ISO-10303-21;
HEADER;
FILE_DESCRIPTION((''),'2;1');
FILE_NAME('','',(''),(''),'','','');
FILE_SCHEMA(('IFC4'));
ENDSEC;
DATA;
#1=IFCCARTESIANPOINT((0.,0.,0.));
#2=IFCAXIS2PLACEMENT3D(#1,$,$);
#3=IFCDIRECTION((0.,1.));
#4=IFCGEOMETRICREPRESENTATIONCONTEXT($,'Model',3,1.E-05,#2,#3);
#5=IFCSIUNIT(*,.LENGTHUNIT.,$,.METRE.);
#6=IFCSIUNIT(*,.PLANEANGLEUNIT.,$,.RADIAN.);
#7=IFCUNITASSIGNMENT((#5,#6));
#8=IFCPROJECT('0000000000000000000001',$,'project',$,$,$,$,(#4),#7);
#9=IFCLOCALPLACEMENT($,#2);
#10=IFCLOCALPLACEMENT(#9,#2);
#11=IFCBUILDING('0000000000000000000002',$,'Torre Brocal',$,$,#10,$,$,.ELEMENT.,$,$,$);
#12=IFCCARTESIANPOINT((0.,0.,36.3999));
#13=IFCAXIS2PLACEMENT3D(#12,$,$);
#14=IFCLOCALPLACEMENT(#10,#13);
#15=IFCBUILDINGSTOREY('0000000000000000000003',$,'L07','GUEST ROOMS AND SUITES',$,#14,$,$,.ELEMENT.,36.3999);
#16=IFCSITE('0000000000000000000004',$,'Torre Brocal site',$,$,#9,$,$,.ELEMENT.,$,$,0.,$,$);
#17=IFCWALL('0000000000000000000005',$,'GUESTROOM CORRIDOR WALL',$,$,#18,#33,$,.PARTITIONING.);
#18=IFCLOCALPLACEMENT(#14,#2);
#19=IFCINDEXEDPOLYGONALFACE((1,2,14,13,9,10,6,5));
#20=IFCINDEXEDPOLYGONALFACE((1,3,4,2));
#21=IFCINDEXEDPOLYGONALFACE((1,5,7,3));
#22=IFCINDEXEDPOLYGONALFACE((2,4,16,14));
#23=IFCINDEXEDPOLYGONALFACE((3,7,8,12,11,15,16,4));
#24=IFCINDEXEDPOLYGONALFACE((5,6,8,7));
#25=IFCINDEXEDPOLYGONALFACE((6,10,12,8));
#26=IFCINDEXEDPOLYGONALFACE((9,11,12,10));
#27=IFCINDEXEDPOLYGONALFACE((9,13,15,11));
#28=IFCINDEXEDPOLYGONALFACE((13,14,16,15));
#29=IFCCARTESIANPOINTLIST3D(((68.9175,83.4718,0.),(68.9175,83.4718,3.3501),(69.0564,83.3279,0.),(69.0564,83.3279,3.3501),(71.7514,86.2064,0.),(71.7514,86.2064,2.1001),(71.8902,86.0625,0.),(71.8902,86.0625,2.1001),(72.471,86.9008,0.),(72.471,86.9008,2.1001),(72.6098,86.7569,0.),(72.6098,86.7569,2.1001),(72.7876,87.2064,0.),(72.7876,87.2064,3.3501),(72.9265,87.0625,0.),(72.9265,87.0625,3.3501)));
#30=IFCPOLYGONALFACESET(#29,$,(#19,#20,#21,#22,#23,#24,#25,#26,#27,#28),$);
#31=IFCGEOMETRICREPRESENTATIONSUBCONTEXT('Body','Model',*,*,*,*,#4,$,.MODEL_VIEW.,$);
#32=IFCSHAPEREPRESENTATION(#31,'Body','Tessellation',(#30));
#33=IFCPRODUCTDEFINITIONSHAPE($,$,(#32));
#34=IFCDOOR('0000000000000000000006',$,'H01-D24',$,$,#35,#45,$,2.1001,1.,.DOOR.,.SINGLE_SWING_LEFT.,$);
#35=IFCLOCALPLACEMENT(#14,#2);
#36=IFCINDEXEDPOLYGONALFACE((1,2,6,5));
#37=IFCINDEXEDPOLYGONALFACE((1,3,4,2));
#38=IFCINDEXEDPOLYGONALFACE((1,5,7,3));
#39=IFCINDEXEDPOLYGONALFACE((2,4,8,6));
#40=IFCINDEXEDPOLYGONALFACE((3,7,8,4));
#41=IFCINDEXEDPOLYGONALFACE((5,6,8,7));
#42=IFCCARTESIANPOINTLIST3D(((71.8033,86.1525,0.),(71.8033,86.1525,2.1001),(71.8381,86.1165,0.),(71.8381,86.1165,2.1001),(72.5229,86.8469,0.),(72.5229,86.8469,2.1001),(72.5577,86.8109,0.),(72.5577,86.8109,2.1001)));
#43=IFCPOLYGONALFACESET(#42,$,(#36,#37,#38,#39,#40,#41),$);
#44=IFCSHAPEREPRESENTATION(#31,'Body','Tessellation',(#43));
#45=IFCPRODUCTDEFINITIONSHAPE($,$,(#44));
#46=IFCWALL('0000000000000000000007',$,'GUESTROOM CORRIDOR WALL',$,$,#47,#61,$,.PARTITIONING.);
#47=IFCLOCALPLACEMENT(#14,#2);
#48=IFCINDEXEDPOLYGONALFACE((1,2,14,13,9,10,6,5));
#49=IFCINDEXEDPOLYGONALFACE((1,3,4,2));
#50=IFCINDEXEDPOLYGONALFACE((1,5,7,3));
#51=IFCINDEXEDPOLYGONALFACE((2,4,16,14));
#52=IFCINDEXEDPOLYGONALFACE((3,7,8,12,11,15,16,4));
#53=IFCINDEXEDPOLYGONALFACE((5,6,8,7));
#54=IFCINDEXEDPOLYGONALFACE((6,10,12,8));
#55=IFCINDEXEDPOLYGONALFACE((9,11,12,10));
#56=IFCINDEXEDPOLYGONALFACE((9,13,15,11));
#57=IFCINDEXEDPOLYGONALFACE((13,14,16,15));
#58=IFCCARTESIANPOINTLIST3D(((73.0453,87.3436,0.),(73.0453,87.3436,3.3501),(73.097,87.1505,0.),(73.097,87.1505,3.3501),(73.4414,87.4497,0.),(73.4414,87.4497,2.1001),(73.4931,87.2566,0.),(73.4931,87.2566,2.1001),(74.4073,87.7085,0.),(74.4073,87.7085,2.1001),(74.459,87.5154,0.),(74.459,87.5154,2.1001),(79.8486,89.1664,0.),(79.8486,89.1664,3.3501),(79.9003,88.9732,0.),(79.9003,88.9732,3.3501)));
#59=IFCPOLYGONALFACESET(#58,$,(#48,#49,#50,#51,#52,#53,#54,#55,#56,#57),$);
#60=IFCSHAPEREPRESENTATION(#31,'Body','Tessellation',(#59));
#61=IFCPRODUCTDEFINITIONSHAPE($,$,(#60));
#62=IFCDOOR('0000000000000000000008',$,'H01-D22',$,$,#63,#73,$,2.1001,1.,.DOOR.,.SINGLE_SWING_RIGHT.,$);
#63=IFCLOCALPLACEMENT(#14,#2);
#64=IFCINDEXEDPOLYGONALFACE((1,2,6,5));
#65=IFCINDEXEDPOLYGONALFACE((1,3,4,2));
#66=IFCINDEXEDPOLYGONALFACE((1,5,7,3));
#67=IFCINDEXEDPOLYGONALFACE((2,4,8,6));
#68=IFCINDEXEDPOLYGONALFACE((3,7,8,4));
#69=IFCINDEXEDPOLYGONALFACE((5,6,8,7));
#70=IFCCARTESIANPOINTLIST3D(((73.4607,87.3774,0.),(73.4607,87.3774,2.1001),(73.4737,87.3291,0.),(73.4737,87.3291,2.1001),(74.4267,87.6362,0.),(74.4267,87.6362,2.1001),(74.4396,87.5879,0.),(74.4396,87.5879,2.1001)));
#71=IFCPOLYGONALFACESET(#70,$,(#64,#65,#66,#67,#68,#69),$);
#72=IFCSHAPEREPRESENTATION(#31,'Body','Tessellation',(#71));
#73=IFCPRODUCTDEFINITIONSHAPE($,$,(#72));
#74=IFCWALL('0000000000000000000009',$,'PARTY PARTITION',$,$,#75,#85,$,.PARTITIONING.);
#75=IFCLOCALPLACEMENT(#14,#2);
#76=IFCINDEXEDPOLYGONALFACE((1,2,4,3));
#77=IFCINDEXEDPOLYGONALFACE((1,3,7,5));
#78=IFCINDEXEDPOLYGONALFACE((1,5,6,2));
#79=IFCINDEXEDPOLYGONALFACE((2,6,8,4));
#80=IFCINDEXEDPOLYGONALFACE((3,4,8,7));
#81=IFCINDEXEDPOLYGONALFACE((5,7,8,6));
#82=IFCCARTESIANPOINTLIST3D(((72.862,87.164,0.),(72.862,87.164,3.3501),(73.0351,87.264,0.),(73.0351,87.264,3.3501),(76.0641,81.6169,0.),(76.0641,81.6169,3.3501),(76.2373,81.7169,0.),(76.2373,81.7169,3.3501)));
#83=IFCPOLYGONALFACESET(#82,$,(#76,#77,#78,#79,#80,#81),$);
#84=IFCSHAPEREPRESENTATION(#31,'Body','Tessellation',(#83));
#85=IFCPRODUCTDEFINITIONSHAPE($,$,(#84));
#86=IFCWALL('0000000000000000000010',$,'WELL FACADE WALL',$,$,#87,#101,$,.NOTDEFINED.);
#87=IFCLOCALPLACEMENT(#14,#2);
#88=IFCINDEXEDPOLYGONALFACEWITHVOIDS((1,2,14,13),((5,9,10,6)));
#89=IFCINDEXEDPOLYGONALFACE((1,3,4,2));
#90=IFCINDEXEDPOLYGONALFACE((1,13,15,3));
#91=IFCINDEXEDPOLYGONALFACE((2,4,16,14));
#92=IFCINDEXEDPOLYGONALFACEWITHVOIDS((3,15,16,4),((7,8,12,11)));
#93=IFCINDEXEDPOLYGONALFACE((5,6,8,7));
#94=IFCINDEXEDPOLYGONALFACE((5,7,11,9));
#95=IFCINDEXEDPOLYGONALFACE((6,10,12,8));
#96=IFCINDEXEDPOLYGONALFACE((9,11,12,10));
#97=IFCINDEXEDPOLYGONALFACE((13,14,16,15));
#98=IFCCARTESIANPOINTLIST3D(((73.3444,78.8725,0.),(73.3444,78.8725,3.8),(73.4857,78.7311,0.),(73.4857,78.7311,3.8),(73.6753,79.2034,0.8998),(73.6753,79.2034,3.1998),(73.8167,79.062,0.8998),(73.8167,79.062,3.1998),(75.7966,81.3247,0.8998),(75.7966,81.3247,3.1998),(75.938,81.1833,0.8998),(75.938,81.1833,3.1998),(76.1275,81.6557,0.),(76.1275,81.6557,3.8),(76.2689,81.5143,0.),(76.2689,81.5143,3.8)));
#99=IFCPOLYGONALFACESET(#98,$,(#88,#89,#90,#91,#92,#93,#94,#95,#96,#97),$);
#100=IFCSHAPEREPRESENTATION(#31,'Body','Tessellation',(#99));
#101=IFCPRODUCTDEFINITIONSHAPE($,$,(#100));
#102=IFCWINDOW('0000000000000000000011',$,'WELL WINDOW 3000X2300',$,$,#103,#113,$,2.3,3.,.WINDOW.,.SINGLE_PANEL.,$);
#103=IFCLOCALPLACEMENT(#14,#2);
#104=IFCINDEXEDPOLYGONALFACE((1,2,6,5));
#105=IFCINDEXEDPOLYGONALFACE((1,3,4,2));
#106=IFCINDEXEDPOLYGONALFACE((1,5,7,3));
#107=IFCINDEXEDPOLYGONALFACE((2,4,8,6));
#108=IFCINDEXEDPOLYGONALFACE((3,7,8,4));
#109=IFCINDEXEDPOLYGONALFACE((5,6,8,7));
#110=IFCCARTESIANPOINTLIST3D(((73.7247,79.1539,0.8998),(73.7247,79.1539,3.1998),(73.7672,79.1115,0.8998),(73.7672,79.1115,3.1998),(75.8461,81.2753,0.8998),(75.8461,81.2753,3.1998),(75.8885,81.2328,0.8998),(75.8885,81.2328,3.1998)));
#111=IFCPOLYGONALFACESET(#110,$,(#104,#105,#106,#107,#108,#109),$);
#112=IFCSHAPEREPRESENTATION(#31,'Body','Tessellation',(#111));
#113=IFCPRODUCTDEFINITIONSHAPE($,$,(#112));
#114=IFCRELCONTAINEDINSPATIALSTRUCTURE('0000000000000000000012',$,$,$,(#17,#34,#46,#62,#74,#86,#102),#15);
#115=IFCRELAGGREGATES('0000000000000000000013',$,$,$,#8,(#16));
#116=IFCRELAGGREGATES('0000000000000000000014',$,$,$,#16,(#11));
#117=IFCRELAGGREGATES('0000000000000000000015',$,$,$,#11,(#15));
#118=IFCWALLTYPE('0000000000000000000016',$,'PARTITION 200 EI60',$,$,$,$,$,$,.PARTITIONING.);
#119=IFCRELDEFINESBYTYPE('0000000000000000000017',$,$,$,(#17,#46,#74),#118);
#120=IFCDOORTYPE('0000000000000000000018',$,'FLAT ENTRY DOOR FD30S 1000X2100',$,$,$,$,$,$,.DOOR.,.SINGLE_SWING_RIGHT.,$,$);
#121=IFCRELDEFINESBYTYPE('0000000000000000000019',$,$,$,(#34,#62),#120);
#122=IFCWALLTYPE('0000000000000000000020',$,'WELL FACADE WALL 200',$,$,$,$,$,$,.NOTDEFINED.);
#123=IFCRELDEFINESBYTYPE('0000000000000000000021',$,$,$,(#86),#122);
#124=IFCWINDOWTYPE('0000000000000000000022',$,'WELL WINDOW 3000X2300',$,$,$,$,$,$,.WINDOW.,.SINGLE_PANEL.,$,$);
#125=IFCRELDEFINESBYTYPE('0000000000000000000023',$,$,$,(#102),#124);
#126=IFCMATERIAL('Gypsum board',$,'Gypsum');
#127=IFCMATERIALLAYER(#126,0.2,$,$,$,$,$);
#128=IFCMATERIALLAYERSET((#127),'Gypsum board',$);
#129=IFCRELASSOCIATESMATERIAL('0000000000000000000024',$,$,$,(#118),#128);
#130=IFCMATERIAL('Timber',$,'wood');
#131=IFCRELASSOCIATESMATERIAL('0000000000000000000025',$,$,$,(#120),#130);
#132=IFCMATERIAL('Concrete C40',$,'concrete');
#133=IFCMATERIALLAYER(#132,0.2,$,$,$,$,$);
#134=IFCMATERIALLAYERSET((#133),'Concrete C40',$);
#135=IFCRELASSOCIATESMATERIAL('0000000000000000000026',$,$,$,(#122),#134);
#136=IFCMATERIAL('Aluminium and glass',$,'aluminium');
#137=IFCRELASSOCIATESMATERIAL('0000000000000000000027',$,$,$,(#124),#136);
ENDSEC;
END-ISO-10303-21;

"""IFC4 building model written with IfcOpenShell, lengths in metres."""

from ifc_helpers import new_model, si_unit, direction, frame, frame_2d, origin, place, context, subcontext, project, spatial, rectangle, extrude, material, layer, layer_set, type_object, element, fill, save


model = new_model("IFC4")

# Units and contexts
model_context = context("Model", 3, precision=1e-05, world=origin(), true_north=direction((0.0, 1.0)))
body_context = subcontext(model_context, "Body", "Model", "MODEL_VIEW")
ifc_project = project(units=[si_unit("LENGTHUNIT", "METRE"), si_unit("PLANEANGLEUNIT", "RADIAN")], contexts=[model_context])

# Site, building, storey
site_placement = place(None, origin())
site = spatial("IfcSite", under=ifc_project, at=site_placement, Name="Torre Brocal site", CompositionType="ELEMENT", RefElevation=0.0)
building_placement = place(site_placement, origin())
building = spatial("IfcBuilding", under=site, at=building_placement, Name="Torre Brocal", CompositionType="ELEMENT")
storey_placement = place(building_placement, frame((0.0, 0.0, 36.3999)))
storey = spatial("IfcBuildingStorey", under=building, at=storey_placement, Name="L07", Description="GUEST ROOMS AND SUITES", CompositionType="ELEMENT", Elevation=36.3999)

# Walls, openings, doors
ifc_material_1 = material(Name="Gypsum board", Category="Gypsum")
ifc_layer_1 = layer(ifc_material_1, 0.2)
ifc_layer_set_1 = layer_set([ifc_layer_1], Name="Gypsum board")
wall_type_1 = type_object("IfcWallType", Name="PARTITION 200 EI60", PredefinedType="PARTITIONING", material=ifc_layer_set_1)
ifc_material_2 = material(Name="Timber", Category="wood")
door_type_1 = type_object("IfcDoorType", Name="FLAT ENTRY DOOR FD30S 1000X2100", OperationType="SINGLE_SWING_RIGHT", PredefinedType="DOOR", material=ifc_material_2)
wall_1_placement = place(storey_placement, frame((68.9871, 83.3999, 0.0), z_axis=(0.0, 0.0, 1.0), x_axis=(0.719592, 0.694398, 0.0)))
wall_1 = element("IfcWall", 1, at=wall_1_placement, inside=storey, type_object=wall_type_1, Name="GUESTROOM CORRIDOR WALL", PredefinedType="PARTITIONING", context=body_context, shape_type="SweptSolid", body=[
    extrude(rectangle(XDim=5.3782, YDim=0.2, at=frame_2d((2.689, 0.0))), origin(), (0.0, 0.0, 1.0), 3.3501),
])
opening_1_placement = place(wall_1_placement, frame((3.938, 0.0, 0.0)))
opening_1 = element("IfcOpeningElement", 2, at=opening_1_placement, cuts=wall_1, PredefinedType="OPENING", context=body_context, shape_type="SweptSolid", body=[
    extrude(rectangle(XDim=1.0, YDim=2.1001, at=frame_2d((0.5, 1.05))), frame((0.0, 0.1099, 0.0), z_axis=(0.0, -1.0, 0.0), x_axis=(1.0, 0.0, 0.0)), (0.0, 0.0, 1.0), 0.22),
])
door_1_placement = place(opening_1_placement, frame((1.0, 0.0, 0.0), z_axis=(0.0, 0.0, 1.0), x_axis=(-1.0, 0.0, 0.0)))
door_1 = element("IfcDoor", 3, at=door_1_placement, inside=storey, type_object=door_type_1, Name="H01-D24", OperationType="SINGLE_SWING_LEFT", OverallHeight=2.1001, OverallWidth=1.0, PredefinedType="DOOR", context=body_context, shape_type="SweptSolid", body=[
    extrude(rectangle(XDim=1.0, YDim=2.1001, at=frame_2d((0.5, 1.05))), frame((0.0, 0.0249, 0.0), z_axis=(0.0, -1.0, 0.0), x_axis=(1.0, 0.0, 0.0)), (0.0, 0.0, 1.0), 0.05),
])
fill(opening_1, door_1)
wall_2_placement = place(storey_placement, frame((73.0713, 87.2471, 0.0), z_axis=(0.0, 0.0, 1.0), x_axis=(0.965932, 0.258797, 0.0)))
wall_2 = element("IfcWall", 4, at=wall_2_placement, inside=storey, type_object=wall_type_1, Name="GUESTROOM CORRIDOR WALL", PredefinedType="PARTITIONING", context=body_context, shape_type="SweptSolid", body=[
    extrude(rectangle(XDim=7.0432, YDim=0.2, at=frame_2d((3.5215, 0.0))), origin(), (0.0, 0.0, 1.0), 3.3501),
])
opening_2_placement = place(wall_2_placement, frame((0.4099, 0.0, 0.0)))
opening_2 = element("IfcOpeningElement", 5, at=opening_2_placement, cuts=wall_2, PredefinedType="OPENING", context=body_context, shape_type="SweptSolid", body=[
    extrude(rectangle(XDim=1.0, YDim=2.1001, at=frame_2d((0.5, 1.05))), frame((0.0, 0.1099, 0.0), z_axis=(0.0, -1.0, 0.0), x_axis=(1.0, 0.0, 0.0)), (0.0, 0.0, 1.0), 0.22),
])
door_2_placement = place(opening_2_placement, frame((1.0, 0.0, 0.0), z_axis=(0.0, 0.0, 1.0), x_axis=(-1.0, 0.0, 0.0)))
door_2 = element("IfcDoor", 6, at=door_2_placement, inside=storey, type_object=door_type_1, Name="H01-D22", OperationType="SINGLE_SWING_RIGHT", OverallHeight=2.1001, OverallWidth=1.0, PredefinedType="DOOR", context=body_context, shape_type="SweptSolid", body=[
    extrude(rectangle(XDim=1.0, YDim=2.1001, at=frame_2d((0.5, 1.05))), frame((0.0, 0.0249, 0.0), z_axis=(0.0, -1.0, 0.0), x_axis=(1.0, 0.0, 0.0)), (0.0, 0.0, 1.0), 0.05),
])
fill(opening_2, door_2)

# Wall
wall_3_placement = place(storey_placement, frame((72.9485, 87.2141, 0.0), z_axis=(0.0, 0.0, 1.0), x_axis=(0.499944, -0.866058, 0.0)))
element("IfcWall", 7, at=wall_3_placement, inside=storey, type_object=wall_type_1, Name="PARTY PARTITION", PredefinedType="PARTITIONING", context=body_context, shape_type="SweptSolid", body=[
    extrude(rectangle(XDim=6.405, YDim=0.2, at=frame_2d((3.2026, 0.0))), origin(), (0.0, 0.0, 1.0), 3.3501),
])

# Wall, opening, window
ifc_material_3 = material(Name="Concrete C40", Category="concrete")
ifc_layer_2 = layer(ifc_material_3, 0.2)
ifc_layer_set_2 = layer_set([ifc_layer_2], Name="Concrete C40")
wall_type_2 = type_object("IfcWallType", Name="WELL FACADE WALL 200", PredefinedType="NOTDEFINED", material=ifc_layer_set_2)
wall_4_placement = place(storey_placement, frame((76.1982, 81.585, 0.0), z_axis=(0.0, 0.0, 1.0), x_axis=(-0.707107, -0.707107, 0.0)))
wall_4 = element("IfcWall", 8, at=wall_4_placement, inside=storey, type_object=wall_type_2, Name="WELL FACADE WALL", PredefinedType="NOTDEFINED", context=body_context, shape_type="SweptSolid", body=[
    extrude(rectangle(XDim=3.936, YDim=0.2, at=frame_2d((1.968, 0.0))), origin(), (0.0, 0.0, 1.0), 3.8),
])
opening_3_placement = place(wall_4_placement, frame((0.468, 0.0, 0.8999)))
opening_3 = element("IfcOpeningElement", 9, at=opening_3_placement, cuts=wall_4, PredefinedType="OPENING", context=body_context, shape_type="SweptSolid", body=[
    extrude(rectangle(XDim=3.0, YDim=2.3, at=frame_2d((1.5, 1.1499))), frame((0.0, 0.1099, 0.0), z_axis=(0.0, -1.0, 0.0), x_axis=(1.0, 0.0, 0.0)), (0.0, 0.0, 1.0), 0.22),
])
ifc_material_4 = material(Name="Aluminium and glass", Category="aluminium")
window_type = type_object("IfcWindowType", Name="WELL WINDOW 3000X2300", PartitioningType="SINGLE_PANEL", PredefinedType="WINDOW", material=ifc_material_4)
window_placement = place(opening_3_placement, origin())
window = element("IfcWindow", 10, at=window_placement, inside=storey, type_object=window_type, Name="WELL WINDOW 3000X2300", OverallHeight=2.3, OverallWidth=3.0, PartitioningType="SINGLE_PANEL", PredefinedType="WINDOW", context=body_context, shape_type="SweptSolid", body=[
    extrude(rectangle(XDim=3.0, YDim=2.3, at=frame_2d((1.5, 1.1499))), frame((0.0, 0.03, 0.0), z_axis=(0.0, -1.0, 0.0), x_axis=(1.0, 0.0, 0.0)), (0.0, 0.0, 1.0), 0.0601),
])
fill(opening_3, window)

save(model, "model.ifc")
